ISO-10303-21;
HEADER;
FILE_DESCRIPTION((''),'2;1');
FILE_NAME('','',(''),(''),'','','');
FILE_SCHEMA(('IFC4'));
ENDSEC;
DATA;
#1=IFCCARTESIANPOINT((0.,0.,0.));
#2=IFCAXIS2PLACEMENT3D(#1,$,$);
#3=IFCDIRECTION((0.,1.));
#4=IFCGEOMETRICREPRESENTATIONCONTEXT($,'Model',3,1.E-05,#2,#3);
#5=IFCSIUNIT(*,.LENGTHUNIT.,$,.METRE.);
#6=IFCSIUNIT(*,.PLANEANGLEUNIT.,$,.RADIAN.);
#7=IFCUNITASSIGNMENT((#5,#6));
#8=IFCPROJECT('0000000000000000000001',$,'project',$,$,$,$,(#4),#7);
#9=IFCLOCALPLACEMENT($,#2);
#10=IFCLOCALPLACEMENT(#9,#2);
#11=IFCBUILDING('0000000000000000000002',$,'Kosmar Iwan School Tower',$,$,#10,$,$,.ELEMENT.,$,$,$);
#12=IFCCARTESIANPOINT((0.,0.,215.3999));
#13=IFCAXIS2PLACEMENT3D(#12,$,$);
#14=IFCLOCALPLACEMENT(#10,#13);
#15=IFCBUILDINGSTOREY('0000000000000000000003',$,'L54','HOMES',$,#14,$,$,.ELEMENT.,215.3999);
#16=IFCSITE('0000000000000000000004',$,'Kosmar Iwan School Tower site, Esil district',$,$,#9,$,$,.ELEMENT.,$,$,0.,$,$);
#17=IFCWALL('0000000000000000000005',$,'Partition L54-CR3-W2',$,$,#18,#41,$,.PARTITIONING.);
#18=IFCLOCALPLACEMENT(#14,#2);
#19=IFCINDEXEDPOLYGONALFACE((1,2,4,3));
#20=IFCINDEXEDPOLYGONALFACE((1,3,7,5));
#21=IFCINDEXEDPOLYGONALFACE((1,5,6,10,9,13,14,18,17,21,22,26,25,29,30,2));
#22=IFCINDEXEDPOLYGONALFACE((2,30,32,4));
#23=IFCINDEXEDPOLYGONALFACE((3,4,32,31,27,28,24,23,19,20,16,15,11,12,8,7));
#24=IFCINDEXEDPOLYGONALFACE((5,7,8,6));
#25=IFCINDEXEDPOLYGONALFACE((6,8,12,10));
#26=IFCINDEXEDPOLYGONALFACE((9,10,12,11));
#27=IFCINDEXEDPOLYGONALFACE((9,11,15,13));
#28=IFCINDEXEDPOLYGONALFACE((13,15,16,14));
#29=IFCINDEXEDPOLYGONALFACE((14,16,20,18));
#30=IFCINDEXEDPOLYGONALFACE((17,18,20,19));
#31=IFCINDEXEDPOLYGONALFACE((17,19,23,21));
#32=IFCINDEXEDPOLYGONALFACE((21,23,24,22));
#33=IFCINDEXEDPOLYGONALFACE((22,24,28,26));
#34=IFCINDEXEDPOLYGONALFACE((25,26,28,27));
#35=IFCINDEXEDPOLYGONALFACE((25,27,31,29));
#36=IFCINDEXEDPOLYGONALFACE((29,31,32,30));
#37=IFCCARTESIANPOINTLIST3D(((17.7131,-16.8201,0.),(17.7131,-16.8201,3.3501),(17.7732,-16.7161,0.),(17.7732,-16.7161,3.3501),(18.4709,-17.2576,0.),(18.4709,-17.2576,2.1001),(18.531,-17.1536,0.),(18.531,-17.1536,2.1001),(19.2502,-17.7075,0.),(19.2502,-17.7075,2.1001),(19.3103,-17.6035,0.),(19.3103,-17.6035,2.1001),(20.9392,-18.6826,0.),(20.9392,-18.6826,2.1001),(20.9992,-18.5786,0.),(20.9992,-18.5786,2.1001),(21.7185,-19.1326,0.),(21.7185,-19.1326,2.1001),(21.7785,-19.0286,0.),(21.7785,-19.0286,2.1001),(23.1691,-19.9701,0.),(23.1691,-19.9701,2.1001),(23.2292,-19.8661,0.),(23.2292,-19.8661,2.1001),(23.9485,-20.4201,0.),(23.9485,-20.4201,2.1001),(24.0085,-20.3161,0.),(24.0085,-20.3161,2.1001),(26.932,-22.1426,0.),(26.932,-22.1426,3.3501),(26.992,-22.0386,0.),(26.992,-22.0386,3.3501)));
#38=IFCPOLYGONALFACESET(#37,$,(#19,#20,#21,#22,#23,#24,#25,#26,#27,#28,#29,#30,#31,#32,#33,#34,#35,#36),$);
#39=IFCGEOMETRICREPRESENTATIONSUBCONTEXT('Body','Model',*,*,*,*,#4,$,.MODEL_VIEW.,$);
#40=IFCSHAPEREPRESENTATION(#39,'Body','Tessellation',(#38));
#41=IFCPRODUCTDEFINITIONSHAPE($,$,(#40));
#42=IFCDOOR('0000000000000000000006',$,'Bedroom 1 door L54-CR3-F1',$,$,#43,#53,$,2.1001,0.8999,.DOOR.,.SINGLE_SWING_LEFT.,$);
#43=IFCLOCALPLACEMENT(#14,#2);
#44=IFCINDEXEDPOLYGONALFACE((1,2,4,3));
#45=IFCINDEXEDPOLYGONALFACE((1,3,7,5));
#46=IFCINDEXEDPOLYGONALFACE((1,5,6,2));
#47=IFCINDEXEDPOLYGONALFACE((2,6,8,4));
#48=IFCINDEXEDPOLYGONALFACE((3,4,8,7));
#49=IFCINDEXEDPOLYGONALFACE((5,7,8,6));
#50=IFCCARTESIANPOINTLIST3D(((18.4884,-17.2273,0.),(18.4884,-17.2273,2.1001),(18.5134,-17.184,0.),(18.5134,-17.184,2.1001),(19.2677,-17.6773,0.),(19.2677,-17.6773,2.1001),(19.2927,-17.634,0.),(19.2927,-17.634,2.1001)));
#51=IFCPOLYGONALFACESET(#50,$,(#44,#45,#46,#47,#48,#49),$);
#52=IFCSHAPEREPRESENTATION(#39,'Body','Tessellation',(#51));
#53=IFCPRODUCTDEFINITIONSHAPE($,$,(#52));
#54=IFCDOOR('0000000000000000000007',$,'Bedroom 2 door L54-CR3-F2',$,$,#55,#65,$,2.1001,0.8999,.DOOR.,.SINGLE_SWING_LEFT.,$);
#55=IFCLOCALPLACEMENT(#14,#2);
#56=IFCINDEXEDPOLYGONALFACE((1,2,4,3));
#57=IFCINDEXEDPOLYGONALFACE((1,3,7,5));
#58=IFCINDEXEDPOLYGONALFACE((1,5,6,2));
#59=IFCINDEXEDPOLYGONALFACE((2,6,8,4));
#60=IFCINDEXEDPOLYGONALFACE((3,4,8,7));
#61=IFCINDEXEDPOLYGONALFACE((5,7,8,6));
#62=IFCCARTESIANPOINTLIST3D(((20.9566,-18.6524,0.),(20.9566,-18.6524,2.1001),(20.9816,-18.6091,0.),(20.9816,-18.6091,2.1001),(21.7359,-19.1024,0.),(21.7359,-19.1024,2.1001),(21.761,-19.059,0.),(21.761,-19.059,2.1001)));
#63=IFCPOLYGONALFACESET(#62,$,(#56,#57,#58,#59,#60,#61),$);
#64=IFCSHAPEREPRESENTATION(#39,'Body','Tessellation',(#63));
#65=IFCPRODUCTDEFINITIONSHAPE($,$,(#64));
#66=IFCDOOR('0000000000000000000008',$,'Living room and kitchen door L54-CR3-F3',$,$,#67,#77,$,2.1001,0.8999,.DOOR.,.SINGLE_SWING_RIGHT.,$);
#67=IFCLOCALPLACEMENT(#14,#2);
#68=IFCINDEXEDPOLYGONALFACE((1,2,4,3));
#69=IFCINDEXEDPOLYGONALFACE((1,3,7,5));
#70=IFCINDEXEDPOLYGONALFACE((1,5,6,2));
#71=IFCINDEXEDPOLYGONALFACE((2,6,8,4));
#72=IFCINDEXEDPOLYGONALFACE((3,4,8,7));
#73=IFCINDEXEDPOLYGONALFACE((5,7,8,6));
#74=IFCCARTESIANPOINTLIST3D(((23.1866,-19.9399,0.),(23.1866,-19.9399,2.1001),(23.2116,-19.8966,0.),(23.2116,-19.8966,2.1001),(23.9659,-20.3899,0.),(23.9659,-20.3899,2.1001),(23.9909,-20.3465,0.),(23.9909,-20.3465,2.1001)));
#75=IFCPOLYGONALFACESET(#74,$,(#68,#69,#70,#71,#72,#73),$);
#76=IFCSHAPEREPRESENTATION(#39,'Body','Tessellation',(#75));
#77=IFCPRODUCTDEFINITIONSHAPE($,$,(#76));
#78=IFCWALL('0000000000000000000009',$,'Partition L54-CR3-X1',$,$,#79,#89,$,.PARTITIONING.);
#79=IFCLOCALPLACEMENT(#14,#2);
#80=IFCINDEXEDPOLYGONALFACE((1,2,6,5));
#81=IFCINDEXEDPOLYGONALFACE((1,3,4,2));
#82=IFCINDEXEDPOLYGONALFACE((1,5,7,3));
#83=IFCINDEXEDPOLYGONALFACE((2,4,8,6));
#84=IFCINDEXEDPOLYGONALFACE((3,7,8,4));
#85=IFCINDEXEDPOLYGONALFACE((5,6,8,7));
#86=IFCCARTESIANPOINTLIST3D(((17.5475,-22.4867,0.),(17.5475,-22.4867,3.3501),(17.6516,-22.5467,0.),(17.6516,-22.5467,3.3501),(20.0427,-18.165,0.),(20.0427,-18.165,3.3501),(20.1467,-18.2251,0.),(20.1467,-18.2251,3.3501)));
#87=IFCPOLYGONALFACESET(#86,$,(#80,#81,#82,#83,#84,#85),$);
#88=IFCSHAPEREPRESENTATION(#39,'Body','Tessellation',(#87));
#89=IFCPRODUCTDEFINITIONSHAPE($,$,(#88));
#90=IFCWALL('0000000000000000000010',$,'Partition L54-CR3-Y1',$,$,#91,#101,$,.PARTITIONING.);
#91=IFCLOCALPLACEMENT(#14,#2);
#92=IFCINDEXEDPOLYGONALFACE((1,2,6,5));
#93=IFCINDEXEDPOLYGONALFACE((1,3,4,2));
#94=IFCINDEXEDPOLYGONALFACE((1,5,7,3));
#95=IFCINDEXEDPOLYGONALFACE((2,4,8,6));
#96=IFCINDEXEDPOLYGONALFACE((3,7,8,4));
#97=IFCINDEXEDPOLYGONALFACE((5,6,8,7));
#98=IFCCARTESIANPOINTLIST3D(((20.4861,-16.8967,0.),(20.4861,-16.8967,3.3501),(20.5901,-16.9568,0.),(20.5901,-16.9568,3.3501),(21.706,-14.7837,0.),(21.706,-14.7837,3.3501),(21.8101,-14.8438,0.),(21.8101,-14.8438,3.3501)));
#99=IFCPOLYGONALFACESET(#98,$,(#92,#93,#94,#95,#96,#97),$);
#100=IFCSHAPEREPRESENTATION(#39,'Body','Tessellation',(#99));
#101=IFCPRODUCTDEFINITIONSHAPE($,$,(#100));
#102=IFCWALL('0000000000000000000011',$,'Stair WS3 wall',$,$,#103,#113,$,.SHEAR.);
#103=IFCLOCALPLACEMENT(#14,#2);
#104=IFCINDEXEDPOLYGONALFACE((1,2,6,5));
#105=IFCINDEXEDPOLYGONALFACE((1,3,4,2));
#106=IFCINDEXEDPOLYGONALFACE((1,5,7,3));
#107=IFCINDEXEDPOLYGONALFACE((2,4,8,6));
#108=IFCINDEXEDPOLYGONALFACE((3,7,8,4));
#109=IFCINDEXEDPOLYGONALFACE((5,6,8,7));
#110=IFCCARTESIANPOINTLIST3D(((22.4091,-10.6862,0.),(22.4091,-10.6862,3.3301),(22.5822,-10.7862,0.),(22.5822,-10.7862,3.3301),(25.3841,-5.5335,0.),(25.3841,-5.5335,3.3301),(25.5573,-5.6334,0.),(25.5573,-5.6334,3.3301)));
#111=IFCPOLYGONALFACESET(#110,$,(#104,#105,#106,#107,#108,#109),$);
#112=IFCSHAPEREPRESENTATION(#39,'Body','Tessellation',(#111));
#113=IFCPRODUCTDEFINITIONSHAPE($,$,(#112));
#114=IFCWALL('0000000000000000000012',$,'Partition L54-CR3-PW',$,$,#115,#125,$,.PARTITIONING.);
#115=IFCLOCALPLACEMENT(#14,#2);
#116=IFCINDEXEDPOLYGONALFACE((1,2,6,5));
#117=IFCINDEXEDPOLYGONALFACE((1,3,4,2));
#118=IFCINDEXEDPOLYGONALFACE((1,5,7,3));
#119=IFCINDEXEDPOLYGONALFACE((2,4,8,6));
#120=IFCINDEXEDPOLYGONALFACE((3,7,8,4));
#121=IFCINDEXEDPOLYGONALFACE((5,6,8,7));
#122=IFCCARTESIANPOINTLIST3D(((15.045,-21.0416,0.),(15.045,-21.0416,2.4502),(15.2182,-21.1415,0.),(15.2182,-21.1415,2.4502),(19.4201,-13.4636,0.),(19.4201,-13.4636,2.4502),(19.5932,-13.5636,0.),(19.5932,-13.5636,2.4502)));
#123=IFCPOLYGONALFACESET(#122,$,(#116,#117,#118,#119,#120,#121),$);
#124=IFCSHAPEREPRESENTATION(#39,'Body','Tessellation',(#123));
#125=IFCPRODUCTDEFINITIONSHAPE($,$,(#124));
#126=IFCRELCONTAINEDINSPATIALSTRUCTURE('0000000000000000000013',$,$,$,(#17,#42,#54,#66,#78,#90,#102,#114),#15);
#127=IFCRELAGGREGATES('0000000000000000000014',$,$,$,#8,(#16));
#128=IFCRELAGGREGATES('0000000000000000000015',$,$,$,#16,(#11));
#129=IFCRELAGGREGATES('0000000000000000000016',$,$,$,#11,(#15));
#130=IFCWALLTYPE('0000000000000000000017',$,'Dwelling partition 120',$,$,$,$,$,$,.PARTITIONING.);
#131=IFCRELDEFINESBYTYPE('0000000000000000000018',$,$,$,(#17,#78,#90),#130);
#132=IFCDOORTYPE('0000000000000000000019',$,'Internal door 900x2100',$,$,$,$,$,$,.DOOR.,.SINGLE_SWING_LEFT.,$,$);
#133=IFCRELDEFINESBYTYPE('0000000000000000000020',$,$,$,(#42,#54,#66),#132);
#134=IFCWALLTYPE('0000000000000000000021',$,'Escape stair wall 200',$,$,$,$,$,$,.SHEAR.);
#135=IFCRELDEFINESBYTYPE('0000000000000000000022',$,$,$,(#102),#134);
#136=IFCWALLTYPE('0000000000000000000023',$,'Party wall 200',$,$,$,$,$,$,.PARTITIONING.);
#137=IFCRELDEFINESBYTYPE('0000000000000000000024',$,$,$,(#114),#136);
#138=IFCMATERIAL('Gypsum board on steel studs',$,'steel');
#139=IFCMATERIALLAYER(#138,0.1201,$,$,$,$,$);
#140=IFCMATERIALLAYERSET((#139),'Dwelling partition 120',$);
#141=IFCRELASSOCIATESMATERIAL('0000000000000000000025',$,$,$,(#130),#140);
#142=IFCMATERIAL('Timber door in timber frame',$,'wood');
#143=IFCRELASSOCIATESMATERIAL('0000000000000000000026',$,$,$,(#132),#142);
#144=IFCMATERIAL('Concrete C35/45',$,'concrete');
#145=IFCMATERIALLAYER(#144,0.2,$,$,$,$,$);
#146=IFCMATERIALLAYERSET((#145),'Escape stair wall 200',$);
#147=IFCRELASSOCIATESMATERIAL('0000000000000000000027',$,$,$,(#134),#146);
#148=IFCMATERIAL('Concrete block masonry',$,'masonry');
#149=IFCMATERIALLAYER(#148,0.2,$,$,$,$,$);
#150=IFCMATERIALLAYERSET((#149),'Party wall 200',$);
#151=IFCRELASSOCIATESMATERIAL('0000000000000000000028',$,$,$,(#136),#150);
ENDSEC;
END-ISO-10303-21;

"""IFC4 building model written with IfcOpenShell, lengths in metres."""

from ifc_helpers import new_model, si_unit, direction, frame, frame_2d, origin, place, context, subcontext, project, spatial, rectangle, extrude, material, layer, layer_set, type_object, element, fill, save


model = new_model("IFC4")

# Units and contexts
model_context = context("Model", 3, precision=1e-05, world=origin(), true_north=direction((0.0, 1.0)))
body_context = subcontext(model_context, "Body", "Model", "MODEL_VIEW")
ifc_project = project(units=[si_unit("LENGTHUNIT", "METRE"), si_unit("PLANEANGLEUNIT", "RADIAN")], contexts=[model_context])

# Site, building, storey
site_placement = place(None, origin())
site = spatial("IfcSite", under=ifc_project, at=site_placement, Name="Kosmar Iwan School Tower site, Esil district", CompositionType="ELEMENT", RefElevation=0.0)
building_placement = place(site_placement, origin())
building = spatial("IfcBuilding", under=site, at=building_placement, Name="Kosmar Iwan School Tower", CompositionType="ELEMENT")
storey_placement = place(building_placement, frame((0.0, 0.0, 215.3999)))
storey = spatial("IfcBuildingStorey", under=building, at=storey_placement, Name="L54", Description="HOMES", CompositionType="ELEMENT", Elevation=215.3999)

# Shared definitions
ifc_material_1 = material(Name="Gypsum board on steel studs", Category="steel")
ifc_layer_1 = layer(ifc_material_1, 0.1201)
ifc_layer_set_1 = layer_set([ifc_layer_1], Name="Dwelling partition 120")
wall_type_1 = type_object("IfcWallType", Name="Dwelling partition 120", PredefinedType="PARTITIONING", material=ifc_layer_set_1)

# Wall, openings, doors
ifc_material_2 = material(Name="Timber door in timber frame", Category="wood")
door_type_1 = type_object("IfcDoorType", Name="Internal door 900x2100", OperationType="SINGLE_SWING_LEFT", PredefinedType="DOOR", material=ifc_material_2)
wall_1_placement = place(storey_placement, frame((17.7432, -16.7681, 0.0), z_axis=(0.0, 0.0, 1.0), x_axis=(0.866023, -0.500004, 0.0)))
wall_1 = element("IfcWall", 1, at=wall_1_placement, inside=storey, type_object=wall_type_1, Name="Partition L54-CR3-W2", PredefinedType="PARTITIONING", context=body_context, shape_type="SweptSolid", body=[
    extrude(rectangle(XDim=10.645, YDim=0.1201, at=frame_2d((5.3225, 0.0))), origin(), (0.0, 0.0, 1.0), 3.3501),
])
opening_1_placement = place(wall_1_placement, frame((0.875, 0.0, 0.0)))
opening_1 = element("IfcOpeningElement", 2, at=opening_1_placement, cuts=wall_1, PredefinedType="OPENING", context=body_context, shape_type="SweptSolid", body=[
    extrude(rectangle(XDim=0.8999, YDim=2.1001, at=frame_2d((0.45, 1.05))), frame((0.0, 0.072, 0.0), z_axis=(0.0, -1.0, 0.0), x_axis=(1.0, 0.0, 0.0)), (0.0, 0.0, 1.0), 0.144),
])
opening_2_placement = place(wall_1_placement, frame((3.7251, 0.0, 0.0)))
opening_2 = element("IfcOpeningElement", 3, at=opening_2_placement, cuts=wall_1, PredefinedType="OPENING", context=body_context, shape_type="SweptSolid", body=[
    extrude(rectangle(XDim=0.8999, YDim=2.1001, at=frame_2d((0.45, 1.05))), frame((0.0, 0.072, 0.0), z_axis=(0.0, -1.0, 0.0), x_axis=(1.0, 0.0, 0.0)), (0.0, 0.0, 1.0), 0.144),
])
opening_3_placement = place(wall_1_placement, frame((6.3, 0.0, 0.0)))
opening_3 = element("IfcOpeningElement", 4, at=opening_3_placement, cuts=wall_1, PredefinedType="OPENING", context=body_context, shape_type="SweptSolid", body=[
    extrude(rectangle(XDim=0.8999, YDim=2.1001, at=frame_2d((0.45, 1.05))), frame((0.0, 0.072, 0.0), z_axis=(0.0, -1.0, 0.0), x_axis=(1.0, 0.0, 0.0)), (0.0, 0.0, 1.0), 0.144),
])
door_1_placement = place(opening_1_placement, origin())
door_1 = element("IfcDoor", 5, at=door_1_placement, inside=storey, type_object=door_type_1, Name="Bedroom 1 door L54-CR3-F1", OperationType="SINGLE_SWING_LEFT", OverallHeight=2.1001, OverallWidth=0.8999, PredefinedType="DOOR", context=body_context, shape_type="SweptSolid", body=[
    extrude(rectangle(XDim=0.8999, YDim=2.1001, at=frame_2d((0.45, 1.05))), frame((0.0, 0.0249, 0.0), z_axis=(0.0, -1.0, 0.0), x_axis=(1.0, 0.0, 0.0)), (0.0, 0.0, 1.0), 0.05),
])
fill(opening_1, door_1)
door_2_placement = place(opening_2_placement, origin())
door_2 = element("IfcDoor", 6, at=door_2_placement, inside=storey, type_object=door_type_1, Name="Bedroom 2 door L54-CR3-F2", OperationType="SINGLE_SWING_LEFT", OverallHeight=2.1001, OverallWidth=0.8999, PredefinedType="DOOR", context=body_context, shape_type="SweptSolid", body=[
    extrude(rectangle(XDim=0.8999, YDim=2.1001, at=frame_2d((0.45, 1.05))), frame((0.0, 0.0249, 0.0), z_axis=(0.0, -1.0, 0.0), x_axis=(1.0, 0.0, 0.0)), (0.0, 0.0, 1.0), 0.05),
])
fill(opening_2, door_2)
door_3_placement = place(opening_3_placement, origin())
door_3 = element("IfcDoor", 7, at=door_3_placement, inside=storey, type_object=door_type_1, Name="Living room and kitchen door L54-CR3-F3", OperationType="SINGLE_SWING_RIGHT", OverallHeight=2.1001, OverallWidth=0.8999, PredefinedType="DOOR", context=body_context, shape_type="SweptSolid", body=[
    extrude(rectangle(XDim=0.8999, YDim=2.1001, at=frame_2d((0.45, 1.05))), frame((0.0, 0.0249, 0.0), z_axis=(0.0, -1.0, 0.0), x_axis=(1.0, 0.0, 0.0)), (0.0, 0.0, 1.0), 0.05),
])
fill(opening_3, door_3)

# Walls
wall_2_placement = place(storey_placement, frame((20.0947, -18.1951, 0.0), z_axis=(0.0, 0.0, 1.0), x_axis=(-0.500012, -0.866019, 0.0)))
element("IfcWall", 8, at=wall_2_placement, inside=storey, type_object=wall_type_1, Name="Partition L54-CR3-X1", PredefinedType="PARTITIONING", context=body_context, shape_type="SweptSolid", body=[
    extrude(rectangle(XDim=4.9902, YDim=0.1201, at=frame_2d((2.4951, 0.0))), origin(), (0.0, 0.0, 1.0), 3.3501),
])
wall_3_placement = place(storey_placement, frame((21.7581, -14.8137, 0.0), z_axis=(0.0, 0.0, 1.0), x_axis=(-0.500003, -0.866024, 0.0)))
element("IfcWall", 9, at=wall_3_placement, inside=storey, type_object=wall_type_1, Name="Partition L54-CR3-Y1", PredefinedType="PARTITIONING", context=body_context, shape_type="SweptSolid", body=[
    extrude(rectangle(XDim=2.4399, YDim=0.1201, at=frame_2d((1.22, 0.0))), origin(), (0.0, 0.0, 1.0), 3.3501),
])
ifc_material_3 = material(Name="Concrete C35/45", Category="concrete")
ifc_layer_2 = layer(ifc_material_3, 0.2)
ifc_layer_set_2 = layer_set([ifc_layer_2], Name="Escape stair wall 200")
wall_type_2 = type_object("IfcWallType", Name="Escape stair wall 200", PredefinedType="SHEAR", material=ifc_layer_set_2)
wall_4_placement = place(storey_placement, frame((22.4956, -10.7363, 0.0), z_axis=(0.0, 0.0, 1.0), x_axis=(0.500014, 0.866017, 0.0)))
element("IfcWall", 10, at=wall_4_placement, inside=storey, type_object=wall_type_2, Name="Stair WS3 wall", PredefinedType="SHEAR", context=body_context, shape_type="SweptSolid", body=[
    extrude(rectangle(XDim=5.95, YDim=0.2, at=frame_2d((2.9751, 0.0))), origin(), (0.0, 0.0, 1.0), 3.3301),
])
ifc_material_4 = material(Name="Concrete block masonry", Category="masonry")
ifc_layer_3 = layer(ifc_material_4, 0.2)
ifc_layer_set_3 = layer_set([ifc_layer_3], Name="Party wall 200")
wall_type_3 = type_object("IfcWallType", Name="Party wall 200", PredefinedType="PARTITIONING", material=ifc_layer_set_3)
wall_5_placement = place(storey_placement, frame((19.5066, -13.5137, 0.0), z_axis=(0.0, 0.0, 1.0), x_axis=(-0.499992, -0.86603, 0.0)))
element("IfcWall", 11, at=wall_5_placement, inside=storey, type_object=wall_type_3, Name="Partition L54-CR3-PW", PredefinedType="PARTITIONING", context=body_context, shape_type="SweptSolid", body=[
    extrude(rectangle(XDim=8.7502, YDim=0.2, at=frame_2d((4.375, 0.0))), origin(), (0.0, 0.0, 1.0), 2.4502),
])

save(model, "model.ifc")
